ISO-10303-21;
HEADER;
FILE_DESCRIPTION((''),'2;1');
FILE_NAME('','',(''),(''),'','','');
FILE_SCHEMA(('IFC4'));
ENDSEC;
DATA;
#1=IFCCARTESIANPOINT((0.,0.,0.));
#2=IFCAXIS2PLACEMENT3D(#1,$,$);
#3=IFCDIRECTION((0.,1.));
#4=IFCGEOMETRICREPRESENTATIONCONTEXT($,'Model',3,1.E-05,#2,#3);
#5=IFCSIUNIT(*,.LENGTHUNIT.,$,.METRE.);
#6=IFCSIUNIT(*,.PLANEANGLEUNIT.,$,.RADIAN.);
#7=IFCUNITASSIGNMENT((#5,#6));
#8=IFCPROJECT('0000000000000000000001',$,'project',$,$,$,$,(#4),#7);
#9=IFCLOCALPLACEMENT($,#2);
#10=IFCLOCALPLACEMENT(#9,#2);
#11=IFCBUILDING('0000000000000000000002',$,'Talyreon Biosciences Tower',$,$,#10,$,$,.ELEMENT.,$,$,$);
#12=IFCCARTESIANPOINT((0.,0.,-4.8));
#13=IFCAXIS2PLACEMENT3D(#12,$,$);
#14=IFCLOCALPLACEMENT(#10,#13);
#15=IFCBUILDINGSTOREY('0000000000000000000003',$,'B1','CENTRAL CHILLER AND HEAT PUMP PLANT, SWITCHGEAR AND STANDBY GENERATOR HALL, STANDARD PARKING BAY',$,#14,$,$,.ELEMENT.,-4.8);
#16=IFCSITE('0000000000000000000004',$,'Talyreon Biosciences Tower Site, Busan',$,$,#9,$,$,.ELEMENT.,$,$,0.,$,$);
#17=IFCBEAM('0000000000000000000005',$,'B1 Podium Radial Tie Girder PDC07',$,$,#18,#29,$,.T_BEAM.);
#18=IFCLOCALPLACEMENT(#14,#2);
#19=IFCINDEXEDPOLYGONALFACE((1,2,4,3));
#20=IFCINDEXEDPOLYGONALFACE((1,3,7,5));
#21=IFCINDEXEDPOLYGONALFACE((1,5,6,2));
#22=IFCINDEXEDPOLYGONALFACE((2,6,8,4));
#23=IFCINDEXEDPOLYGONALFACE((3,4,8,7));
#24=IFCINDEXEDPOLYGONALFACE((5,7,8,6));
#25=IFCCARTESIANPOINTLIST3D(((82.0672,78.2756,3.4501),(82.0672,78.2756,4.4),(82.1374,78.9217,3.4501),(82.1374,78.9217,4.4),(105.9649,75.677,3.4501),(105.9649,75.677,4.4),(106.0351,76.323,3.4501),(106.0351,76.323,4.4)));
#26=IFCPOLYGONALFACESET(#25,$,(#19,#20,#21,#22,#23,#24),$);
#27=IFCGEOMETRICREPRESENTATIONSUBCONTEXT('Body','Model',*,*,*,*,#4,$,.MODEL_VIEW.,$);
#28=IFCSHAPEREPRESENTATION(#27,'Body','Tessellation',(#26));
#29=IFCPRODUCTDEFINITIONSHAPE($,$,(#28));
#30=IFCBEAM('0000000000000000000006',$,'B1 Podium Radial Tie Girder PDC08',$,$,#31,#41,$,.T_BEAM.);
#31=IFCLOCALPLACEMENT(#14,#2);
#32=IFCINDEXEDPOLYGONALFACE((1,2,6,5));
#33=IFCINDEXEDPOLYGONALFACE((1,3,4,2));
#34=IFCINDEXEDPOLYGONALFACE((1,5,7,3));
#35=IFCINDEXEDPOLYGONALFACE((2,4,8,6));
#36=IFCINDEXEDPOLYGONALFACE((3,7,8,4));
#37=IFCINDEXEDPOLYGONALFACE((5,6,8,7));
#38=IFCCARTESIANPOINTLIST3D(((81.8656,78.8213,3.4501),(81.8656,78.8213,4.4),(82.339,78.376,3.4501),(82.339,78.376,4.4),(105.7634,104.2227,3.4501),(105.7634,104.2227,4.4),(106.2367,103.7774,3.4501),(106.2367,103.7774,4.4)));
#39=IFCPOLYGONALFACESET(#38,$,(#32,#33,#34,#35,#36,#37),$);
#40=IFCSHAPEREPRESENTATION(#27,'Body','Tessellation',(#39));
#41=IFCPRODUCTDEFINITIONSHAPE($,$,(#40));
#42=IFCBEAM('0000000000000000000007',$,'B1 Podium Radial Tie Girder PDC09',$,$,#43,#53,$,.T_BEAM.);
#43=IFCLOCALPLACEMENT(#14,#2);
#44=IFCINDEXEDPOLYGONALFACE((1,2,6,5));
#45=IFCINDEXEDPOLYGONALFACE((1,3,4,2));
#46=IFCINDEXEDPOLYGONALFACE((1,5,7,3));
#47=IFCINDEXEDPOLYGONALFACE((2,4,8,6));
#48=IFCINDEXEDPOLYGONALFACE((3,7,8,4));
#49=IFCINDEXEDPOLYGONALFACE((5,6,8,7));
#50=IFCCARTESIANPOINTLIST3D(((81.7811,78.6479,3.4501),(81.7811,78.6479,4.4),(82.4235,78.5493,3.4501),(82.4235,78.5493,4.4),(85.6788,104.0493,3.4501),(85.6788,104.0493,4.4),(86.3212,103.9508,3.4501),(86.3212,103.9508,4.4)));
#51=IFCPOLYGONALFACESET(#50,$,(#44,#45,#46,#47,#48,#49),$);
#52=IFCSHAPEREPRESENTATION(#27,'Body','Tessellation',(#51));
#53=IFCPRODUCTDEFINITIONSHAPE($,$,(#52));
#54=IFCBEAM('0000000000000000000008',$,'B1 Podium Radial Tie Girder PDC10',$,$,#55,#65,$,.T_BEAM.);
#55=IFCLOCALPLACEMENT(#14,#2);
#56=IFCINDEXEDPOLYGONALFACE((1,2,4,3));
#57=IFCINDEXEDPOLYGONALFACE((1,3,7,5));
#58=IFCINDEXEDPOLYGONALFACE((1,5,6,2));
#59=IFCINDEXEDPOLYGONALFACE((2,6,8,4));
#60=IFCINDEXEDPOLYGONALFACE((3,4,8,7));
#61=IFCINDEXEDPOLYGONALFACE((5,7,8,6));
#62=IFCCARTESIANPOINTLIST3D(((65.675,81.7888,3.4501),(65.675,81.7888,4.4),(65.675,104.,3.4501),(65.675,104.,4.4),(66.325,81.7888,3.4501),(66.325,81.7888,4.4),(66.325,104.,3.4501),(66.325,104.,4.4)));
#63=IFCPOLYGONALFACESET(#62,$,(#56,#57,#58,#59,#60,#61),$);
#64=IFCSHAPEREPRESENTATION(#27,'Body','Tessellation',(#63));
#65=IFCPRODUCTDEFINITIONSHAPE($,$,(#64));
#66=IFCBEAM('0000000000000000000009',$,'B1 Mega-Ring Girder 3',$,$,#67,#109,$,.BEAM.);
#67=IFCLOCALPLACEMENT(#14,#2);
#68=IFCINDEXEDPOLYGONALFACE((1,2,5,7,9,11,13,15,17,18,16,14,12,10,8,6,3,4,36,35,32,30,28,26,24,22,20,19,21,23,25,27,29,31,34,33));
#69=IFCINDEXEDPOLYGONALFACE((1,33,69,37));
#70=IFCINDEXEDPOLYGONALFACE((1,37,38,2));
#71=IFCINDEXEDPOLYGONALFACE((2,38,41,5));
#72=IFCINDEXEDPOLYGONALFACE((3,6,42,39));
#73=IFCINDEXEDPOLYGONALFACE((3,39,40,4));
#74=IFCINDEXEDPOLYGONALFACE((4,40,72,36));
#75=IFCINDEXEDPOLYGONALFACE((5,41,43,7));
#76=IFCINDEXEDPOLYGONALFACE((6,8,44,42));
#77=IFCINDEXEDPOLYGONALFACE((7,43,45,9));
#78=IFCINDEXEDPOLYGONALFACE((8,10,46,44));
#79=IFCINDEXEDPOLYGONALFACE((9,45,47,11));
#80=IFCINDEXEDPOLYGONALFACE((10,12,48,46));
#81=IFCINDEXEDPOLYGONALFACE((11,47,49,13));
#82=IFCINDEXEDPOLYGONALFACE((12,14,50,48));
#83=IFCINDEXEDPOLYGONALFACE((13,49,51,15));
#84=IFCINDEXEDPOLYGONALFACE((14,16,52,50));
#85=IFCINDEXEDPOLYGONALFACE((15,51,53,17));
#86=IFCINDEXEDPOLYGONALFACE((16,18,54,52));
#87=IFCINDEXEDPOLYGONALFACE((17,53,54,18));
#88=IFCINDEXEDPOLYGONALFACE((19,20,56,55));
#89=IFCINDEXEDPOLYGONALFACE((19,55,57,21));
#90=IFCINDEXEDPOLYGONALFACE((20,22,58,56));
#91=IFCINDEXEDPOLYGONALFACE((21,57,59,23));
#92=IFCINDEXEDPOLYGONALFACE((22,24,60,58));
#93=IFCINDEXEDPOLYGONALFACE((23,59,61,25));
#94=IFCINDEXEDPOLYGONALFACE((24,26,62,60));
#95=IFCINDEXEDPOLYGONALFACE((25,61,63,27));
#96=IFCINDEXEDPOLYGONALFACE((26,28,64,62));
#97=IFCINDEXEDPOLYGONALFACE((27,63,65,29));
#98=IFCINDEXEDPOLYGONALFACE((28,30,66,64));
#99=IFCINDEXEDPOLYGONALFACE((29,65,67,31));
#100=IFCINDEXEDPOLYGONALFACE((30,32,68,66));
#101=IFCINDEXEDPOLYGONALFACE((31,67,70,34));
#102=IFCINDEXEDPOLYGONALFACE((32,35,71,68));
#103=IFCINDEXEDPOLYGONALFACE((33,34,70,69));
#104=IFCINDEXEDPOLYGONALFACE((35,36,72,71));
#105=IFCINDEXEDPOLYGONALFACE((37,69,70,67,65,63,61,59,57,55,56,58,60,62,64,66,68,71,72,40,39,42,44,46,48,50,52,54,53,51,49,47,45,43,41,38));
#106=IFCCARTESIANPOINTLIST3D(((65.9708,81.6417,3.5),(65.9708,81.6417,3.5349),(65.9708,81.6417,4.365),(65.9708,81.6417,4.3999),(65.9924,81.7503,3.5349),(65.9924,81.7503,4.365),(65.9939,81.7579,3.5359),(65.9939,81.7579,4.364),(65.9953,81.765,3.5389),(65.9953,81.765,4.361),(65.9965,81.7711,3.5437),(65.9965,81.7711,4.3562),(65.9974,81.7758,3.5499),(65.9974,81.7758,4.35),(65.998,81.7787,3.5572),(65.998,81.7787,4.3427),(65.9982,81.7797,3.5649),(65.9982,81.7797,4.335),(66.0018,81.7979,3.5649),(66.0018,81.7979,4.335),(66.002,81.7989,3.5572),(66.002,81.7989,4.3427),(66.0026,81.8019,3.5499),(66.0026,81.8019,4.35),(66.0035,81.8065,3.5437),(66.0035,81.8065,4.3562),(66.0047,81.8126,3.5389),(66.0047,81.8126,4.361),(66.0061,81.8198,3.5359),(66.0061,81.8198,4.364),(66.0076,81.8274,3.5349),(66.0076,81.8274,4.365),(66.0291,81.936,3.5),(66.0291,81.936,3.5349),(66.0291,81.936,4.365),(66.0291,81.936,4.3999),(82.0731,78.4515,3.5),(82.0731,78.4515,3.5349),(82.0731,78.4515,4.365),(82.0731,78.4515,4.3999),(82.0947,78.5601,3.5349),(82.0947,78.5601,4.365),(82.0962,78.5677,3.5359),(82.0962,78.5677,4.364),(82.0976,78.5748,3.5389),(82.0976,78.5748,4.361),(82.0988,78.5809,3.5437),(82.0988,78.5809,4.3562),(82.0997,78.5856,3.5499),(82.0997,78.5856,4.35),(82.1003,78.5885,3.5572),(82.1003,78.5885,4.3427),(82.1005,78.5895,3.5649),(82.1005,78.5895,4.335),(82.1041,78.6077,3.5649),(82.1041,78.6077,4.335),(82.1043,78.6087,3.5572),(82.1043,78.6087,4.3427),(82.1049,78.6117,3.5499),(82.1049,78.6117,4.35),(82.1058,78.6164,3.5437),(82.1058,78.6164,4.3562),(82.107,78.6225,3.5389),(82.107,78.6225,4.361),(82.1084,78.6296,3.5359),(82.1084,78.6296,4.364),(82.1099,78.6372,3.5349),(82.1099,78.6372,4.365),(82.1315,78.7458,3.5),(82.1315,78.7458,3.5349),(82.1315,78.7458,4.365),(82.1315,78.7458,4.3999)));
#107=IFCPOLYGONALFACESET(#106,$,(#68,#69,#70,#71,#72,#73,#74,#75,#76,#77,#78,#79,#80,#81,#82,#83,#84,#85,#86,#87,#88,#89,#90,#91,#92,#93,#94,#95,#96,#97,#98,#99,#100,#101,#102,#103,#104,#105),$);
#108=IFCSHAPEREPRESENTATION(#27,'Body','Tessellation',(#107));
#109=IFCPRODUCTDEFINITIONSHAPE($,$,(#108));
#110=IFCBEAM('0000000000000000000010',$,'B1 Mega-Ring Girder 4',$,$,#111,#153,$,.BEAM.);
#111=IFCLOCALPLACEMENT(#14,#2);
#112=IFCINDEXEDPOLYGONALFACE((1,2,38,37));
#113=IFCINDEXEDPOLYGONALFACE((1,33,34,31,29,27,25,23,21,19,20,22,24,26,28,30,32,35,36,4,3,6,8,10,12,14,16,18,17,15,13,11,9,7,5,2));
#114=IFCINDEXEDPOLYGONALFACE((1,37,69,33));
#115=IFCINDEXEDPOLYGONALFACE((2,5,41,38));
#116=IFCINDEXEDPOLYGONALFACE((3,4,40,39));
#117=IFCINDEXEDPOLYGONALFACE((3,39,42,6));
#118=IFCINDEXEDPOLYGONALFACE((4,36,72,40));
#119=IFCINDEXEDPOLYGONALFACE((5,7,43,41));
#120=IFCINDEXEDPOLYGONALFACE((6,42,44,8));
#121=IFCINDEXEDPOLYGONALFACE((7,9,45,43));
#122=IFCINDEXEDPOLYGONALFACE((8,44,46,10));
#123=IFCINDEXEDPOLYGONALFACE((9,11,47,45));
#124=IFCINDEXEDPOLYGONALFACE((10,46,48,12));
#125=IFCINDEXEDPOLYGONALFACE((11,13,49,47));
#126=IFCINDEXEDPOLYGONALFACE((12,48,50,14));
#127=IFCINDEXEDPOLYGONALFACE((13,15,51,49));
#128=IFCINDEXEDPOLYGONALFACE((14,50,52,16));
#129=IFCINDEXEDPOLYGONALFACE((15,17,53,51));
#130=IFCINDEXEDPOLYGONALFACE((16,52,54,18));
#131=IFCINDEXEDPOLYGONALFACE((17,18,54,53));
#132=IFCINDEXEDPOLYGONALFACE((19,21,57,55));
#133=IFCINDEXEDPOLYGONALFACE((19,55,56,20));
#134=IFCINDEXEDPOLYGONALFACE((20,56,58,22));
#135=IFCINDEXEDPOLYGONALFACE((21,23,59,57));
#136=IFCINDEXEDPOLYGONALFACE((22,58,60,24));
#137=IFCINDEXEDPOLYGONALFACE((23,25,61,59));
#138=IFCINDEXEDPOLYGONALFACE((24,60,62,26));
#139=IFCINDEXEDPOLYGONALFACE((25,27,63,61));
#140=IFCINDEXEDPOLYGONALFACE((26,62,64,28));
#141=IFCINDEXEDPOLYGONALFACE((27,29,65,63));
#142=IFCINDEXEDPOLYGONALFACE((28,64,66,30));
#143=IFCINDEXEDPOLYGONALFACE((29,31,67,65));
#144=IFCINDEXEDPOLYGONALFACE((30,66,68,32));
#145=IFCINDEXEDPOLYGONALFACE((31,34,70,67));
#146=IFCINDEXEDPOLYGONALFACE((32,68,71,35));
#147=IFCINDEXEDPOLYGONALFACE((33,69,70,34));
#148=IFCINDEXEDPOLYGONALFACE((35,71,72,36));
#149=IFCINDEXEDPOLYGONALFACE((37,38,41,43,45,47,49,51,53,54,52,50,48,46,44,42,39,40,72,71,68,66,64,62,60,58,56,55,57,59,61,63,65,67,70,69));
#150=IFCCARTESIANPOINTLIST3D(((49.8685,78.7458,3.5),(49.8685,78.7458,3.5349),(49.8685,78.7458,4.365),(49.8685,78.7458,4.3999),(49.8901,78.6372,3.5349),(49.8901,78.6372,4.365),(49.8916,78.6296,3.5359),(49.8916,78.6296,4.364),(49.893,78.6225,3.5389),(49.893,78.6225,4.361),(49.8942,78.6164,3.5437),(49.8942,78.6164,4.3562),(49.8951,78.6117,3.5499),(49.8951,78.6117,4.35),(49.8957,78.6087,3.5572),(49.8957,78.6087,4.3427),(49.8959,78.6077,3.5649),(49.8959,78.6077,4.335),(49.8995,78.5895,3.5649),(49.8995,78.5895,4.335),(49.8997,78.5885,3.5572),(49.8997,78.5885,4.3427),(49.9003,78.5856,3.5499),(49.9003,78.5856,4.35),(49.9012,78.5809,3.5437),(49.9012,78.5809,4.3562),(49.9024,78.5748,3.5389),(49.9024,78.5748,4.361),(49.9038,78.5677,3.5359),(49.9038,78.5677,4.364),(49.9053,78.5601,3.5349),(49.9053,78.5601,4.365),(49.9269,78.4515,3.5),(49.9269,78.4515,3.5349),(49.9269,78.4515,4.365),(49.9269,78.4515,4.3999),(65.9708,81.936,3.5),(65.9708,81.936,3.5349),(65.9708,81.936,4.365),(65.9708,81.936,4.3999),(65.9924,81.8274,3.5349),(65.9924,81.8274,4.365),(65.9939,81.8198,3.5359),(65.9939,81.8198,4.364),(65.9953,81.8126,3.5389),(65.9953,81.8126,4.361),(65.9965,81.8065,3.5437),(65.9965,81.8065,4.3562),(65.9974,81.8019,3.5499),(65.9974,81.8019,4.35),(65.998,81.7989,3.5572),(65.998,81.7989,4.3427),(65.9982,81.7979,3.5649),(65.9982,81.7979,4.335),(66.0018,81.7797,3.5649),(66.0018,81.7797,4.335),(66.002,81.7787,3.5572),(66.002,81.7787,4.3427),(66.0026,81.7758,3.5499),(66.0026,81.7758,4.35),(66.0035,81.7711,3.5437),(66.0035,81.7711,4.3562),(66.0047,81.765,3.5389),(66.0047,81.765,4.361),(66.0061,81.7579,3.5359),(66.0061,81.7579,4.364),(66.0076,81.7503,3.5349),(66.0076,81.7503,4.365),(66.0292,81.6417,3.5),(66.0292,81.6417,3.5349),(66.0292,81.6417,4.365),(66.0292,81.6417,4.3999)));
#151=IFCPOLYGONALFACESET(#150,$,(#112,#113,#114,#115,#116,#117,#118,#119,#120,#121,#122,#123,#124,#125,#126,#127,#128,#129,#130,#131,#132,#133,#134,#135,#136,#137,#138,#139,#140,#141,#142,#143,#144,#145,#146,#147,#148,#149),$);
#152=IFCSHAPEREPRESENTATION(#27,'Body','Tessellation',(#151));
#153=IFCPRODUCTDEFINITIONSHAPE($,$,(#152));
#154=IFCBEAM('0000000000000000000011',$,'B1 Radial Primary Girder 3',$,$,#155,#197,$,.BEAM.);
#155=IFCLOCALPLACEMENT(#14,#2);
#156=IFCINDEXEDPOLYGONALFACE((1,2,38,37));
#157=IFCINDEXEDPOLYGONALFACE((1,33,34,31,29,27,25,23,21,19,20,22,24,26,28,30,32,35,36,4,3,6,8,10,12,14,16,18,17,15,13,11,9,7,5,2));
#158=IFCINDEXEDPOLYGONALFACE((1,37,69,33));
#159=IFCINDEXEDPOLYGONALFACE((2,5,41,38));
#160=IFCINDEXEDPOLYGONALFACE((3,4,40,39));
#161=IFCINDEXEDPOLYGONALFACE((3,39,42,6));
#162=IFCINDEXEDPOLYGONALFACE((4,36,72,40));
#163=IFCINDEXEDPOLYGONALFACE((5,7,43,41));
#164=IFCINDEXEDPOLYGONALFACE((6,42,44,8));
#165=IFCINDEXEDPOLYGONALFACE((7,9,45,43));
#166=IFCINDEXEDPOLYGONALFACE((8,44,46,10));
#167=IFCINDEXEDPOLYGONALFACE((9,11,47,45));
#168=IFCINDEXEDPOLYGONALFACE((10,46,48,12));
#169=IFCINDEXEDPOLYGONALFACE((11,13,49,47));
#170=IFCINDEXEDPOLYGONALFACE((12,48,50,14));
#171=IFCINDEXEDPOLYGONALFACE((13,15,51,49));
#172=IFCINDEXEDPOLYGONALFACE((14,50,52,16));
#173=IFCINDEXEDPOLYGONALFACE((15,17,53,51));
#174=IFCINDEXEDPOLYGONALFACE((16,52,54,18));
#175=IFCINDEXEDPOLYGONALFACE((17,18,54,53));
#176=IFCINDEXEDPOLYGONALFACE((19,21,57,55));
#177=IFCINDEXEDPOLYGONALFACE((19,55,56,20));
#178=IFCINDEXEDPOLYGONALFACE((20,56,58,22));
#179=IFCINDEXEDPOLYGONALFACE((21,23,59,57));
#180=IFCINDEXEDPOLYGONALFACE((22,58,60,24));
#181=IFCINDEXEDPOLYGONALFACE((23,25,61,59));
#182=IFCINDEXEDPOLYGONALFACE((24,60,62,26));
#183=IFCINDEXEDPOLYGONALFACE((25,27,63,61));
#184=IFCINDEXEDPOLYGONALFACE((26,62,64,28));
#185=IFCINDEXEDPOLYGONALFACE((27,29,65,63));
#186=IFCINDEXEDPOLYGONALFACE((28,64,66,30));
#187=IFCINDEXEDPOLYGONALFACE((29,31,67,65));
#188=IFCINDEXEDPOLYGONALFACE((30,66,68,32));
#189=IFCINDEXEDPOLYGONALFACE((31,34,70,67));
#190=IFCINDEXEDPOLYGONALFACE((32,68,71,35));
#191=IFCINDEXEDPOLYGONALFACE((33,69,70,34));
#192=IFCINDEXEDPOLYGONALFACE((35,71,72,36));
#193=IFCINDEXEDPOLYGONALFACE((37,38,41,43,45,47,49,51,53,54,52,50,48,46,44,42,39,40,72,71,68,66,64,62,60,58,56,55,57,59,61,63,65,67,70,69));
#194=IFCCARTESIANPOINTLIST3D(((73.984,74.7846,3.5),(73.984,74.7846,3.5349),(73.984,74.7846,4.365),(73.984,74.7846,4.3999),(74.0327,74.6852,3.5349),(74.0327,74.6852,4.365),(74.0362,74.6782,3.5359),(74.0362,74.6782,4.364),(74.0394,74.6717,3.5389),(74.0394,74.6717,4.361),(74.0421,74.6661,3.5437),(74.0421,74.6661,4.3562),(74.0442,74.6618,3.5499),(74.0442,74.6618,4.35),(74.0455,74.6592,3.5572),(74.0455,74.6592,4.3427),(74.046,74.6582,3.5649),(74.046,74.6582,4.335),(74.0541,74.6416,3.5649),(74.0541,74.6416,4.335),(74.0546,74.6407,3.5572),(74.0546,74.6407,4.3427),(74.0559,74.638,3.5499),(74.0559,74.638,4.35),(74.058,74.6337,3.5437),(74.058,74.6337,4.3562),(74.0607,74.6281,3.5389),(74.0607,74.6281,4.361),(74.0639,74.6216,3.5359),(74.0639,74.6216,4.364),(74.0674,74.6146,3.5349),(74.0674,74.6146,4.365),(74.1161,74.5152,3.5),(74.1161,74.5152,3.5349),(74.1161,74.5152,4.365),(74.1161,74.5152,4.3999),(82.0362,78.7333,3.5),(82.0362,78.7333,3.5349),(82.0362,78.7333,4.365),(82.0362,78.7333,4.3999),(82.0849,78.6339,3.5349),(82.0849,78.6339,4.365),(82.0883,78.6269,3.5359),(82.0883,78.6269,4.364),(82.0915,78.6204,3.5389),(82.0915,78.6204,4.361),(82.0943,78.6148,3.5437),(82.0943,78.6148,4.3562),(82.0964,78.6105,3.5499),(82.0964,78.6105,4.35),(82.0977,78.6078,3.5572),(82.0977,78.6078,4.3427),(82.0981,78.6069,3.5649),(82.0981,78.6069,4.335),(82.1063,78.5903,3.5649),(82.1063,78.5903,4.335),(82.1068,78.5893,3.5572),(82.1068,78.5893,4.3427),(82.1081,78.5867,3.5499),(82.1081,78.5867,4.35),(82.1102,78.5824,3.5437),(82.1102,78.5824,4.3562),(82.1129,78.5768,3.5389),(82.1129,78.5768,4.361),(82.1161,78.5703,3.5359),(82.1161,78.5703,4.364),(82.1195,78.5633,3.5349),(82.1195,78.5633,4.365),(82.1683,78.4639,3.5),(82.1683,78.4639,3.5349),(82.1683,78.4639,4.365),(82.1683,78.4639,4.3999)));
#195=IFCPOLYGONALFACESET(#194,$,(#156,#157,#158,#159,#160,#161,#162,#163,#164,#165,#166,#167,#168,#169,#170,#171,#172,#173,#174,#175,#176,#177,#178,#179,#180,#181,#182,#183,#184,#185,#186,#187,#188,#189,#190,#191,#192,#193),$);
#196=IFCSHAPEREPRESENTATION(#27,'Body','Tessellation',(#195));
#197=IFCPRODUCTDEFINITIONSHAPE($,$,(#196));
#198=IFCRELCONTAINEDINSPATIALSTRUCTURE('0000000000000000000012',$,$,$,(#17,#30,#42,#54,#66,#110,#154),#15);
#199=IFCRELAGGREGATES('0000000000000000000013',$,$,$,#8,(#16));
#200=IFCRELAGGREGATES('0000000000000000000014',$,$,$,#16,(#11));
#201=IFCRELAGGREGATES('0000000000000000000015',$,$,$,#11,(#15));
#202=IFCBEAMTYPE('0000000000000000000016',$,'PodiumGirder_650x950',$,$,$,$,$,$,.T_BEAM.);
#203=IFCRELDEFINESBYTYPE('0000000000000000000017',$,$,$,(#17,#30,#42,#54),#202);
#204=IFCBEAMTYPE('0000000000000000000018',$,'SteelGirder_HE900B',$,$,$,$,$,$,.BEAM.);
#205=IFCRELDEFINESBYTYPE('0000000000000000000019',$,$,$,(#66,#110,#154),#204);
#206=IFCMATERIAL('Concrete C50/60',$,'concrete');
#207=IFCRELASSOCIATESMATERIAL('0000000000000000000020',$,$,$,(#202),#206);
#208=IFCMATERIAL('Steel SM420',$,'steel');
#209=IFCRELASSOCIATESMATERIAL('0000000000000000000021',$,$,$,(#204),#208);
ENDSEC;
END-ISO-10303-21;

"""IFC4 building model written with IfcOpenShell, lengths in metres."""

from ifc_helpers import new_model, si_unit, direction, frame, origin, origin_2d, place, context, subcontext, project, spatial, rectangle, i_section, extrude, material, material_profile, profile_set, type_object, element, save


model = new_model("IFC4")

# Units and contexts
model_context = context("Model", 3, precision=1e-05, world=origin(), true_north=direction((0.0, 1.0)))
body_context = subcontext(model_context, "Body", "Model", "MODEL_VIEW")
ifc_project = project(units=[si_unit("LENGTHUNIT", "METRE"), si_unit("PLANEANGLEUNIT", "RADIAN")], contexts=[model_context])

# Site, building, storey
site_placement = place(None, origin())
site = spatial("IfcSite", under=ifc_project, at=site_placement, Name="Talyreon Biosciences Tower Site, Busan", CompositionType="ELEMENT", RefElevation=0.0)
building_placement = place(site_placement, origin())
building = spatial("IfcBuilding", under=site, at=building_placement, Name="Talyreon Biosciences Tower", CompositionType="ELEMENT")
storey_placement = place(building_placement, frame((0.0, 0.0, -4.8)))
storey = spatial("IfcBuildingStorey", under=building, at=storey_placement, Name="B1", Description="CENTRAL CHILLER AND HEAT PUMP PLANT, SWITCHGEAR AND STANDBY GENERATOR HALL, STANDARD PARKING BAY", CompositionType="ELEMENT", Elevation=-4.8)

# Shared definitions
ifc_material_1 = material(Name="Concrete C50/60", Category="concrete")

# Beams
ifc_material_profile_1 = material_profile(ifc_material_1, rectangle(XDim=0.6499, YDim=0.95, at=origin_2d()), Name="RCB 650x950")
ifc_profile_set_1 = profile_set([ifc_material_profile_1], Name="Concrete C50/60")
beam_type_1 = type_object("IfcBeamType", Name="PodiumGirder_650x950", PredefinedType="T_BEAM", material=ifc_profile_set_1)
beam_1_placement = place(storey_placement, frame((82.1023, 78.5986, 3.925), z_axis=(0.99414, -0.108103, 0.0), x_axis=(0.108103, 0.99414, 0.0)))
element("IfcBeam", 1, at=beam_1_placement, inside=storey, type_object=beam_type_1, Name="B1 Podium Radial Tie Girder PDC07", PredefinedType="T_BEAM", context=body_context, shape_type="SweptSolid", body=[
    extrude(rectangle(XDim=0.6499, YDim=0.95, at=origin_2d()), origin(), (0.0, 0.0, 1.0), 24.0386),
])
beam_2_placement = place(storey_placement, frame((82.1023, 78.5986, 3.925), z_axis=(0.685221, 0.728335, 0.0), x_axis=(-0.728335, 0.685221, 0.0)))
element("IfcBeam", 2, at=beam_2_placement, inside=storey, type_object=beam_type_1, Name="B1 Podium Radial Tie Girder PDC08", PredefinedType="T_BEAM", context=body_context, shape_type="SweptSolid", body=[
    extrude(rectangle(XDim=0.6499, YDim=0.95, at=origin_2d()), origin(), (0.0, 0.0, 1.0), 34.876),
])
beam_3_placement = place(storey_placement, frame((82.1023, 78.5986, 3.925), z_axis=(0.15167, 0.988431, 0.0), x_axis=(-0.988431, 0.15167, 0.0)))
element("IfcBeam", 3, at=beam_3_placement, inside=storey, type_object=beam_type_1, Name="B1 Podium Radial Tie Girder PDC09", PredefinedType="T_BEAM", context=body_context, shape_type="SweptSolid", body=[
    extrude(rectangle(XDim=0.6499, YDim=0.95, at=origin_2d()), origin(), (0.0, 0.0, 1.0), 25.6987),
])
beam_4_placement = place(storey_placement, frame((66.0, 81.7888, 3.925), z_axis=(0.0, 1.0, 0.0), x_axis=(-1.0, 0.0, 0.0)))
element("IfcBeam", 4, at=beam_4_placement, inside=storey, type_object=beam_type_1, Name="B1 Podium Radial Tie Girder PDC10", PredefinedType="T_BEAM", context=body_context, shape_type="SweptSolid", body=[
    extrude(rectangle(XDim=0.6499, YDim=0.95, at=origin_2d()), origin(), (0.0, 0.0, 1.0), 22.2112),
])
ifc_material_2 = material(Name="Steel SM420", Category="steel")
ifc_material_profile_2 = material_profile(ifc_material_2, i_section(OverallWidth=0.3, OverallDepth=0.8999, WebThickness=0.0186, FlangeThickness=0.0349, FilletRadius=0.03, at=origin_2d()), Name="HE900B")
ifc_profile_set_2 = profile_set([ifc_material_profile_2], Name="Steel SM420")
beam_type_2 = type_object("IfcBeamType", Name="SteelGirder_HE900B", PredefinedType="BEAM", material=ifc_profile_set_2)
for number, where, z_axis, x_axis, name in (
    (5, (82.1023, 78.5986, 3.95), (-0.980934, 0.194343, 0.0), (-0.194343, -0.980934, 0.0), "B1 Mega-Ring Girder 3"),
    (6, (66.0, 81.7888, 3.95), (-0.980934, -0.194343, 0.0), (0.194343, -0.980934, 0.0), "B1 Mega-Ring Girder 4"),
):
    element("IfcBeam", number, at=place(storey_placement, frame(where, z_axis=z_axis, x_axis=x_axis)), inside=storey, type_object=beam_type_2, Name=name, PredefinedType="BEAM", context=body_context, shape_type="SweptSolid", body=[
        extrude(i_section(OverallWidth=0.3, OverallDepth=0.8999, WebThickness=0.0186, FlangeThickness=0.0349, FilletRadius=0.03, at=origin_2d()), origin(), (0.0, 0.0, 1.0), 16.4153),
    ])
beam_5_placement = place(storey_placement, frame((74.05, 74.6499, 3.95), z_axis=(0.897852, 0.440297, 0.0), x_axis=(-0.440297, 0.897852, 0.0)))
element("IfcBeam", 7, at=beam_5_placement, inside=storey, type_object=beam_type_2, Name="B1 Radial Primary Girder 3", PredefinedType="BEAM", context=body_context, shape_type="SweptSolid", body=[
    extrude(i_section(OverallWidth=0.3, OverallDepth=0.8999, WebThickness=0.0186, FlangeThickness=0.0349, FilletRadius=0.03, at=origin_2d()), origin(), (0.0, 0.0, 1.0), 8.9683),
])

save(model, "model.ifc")
